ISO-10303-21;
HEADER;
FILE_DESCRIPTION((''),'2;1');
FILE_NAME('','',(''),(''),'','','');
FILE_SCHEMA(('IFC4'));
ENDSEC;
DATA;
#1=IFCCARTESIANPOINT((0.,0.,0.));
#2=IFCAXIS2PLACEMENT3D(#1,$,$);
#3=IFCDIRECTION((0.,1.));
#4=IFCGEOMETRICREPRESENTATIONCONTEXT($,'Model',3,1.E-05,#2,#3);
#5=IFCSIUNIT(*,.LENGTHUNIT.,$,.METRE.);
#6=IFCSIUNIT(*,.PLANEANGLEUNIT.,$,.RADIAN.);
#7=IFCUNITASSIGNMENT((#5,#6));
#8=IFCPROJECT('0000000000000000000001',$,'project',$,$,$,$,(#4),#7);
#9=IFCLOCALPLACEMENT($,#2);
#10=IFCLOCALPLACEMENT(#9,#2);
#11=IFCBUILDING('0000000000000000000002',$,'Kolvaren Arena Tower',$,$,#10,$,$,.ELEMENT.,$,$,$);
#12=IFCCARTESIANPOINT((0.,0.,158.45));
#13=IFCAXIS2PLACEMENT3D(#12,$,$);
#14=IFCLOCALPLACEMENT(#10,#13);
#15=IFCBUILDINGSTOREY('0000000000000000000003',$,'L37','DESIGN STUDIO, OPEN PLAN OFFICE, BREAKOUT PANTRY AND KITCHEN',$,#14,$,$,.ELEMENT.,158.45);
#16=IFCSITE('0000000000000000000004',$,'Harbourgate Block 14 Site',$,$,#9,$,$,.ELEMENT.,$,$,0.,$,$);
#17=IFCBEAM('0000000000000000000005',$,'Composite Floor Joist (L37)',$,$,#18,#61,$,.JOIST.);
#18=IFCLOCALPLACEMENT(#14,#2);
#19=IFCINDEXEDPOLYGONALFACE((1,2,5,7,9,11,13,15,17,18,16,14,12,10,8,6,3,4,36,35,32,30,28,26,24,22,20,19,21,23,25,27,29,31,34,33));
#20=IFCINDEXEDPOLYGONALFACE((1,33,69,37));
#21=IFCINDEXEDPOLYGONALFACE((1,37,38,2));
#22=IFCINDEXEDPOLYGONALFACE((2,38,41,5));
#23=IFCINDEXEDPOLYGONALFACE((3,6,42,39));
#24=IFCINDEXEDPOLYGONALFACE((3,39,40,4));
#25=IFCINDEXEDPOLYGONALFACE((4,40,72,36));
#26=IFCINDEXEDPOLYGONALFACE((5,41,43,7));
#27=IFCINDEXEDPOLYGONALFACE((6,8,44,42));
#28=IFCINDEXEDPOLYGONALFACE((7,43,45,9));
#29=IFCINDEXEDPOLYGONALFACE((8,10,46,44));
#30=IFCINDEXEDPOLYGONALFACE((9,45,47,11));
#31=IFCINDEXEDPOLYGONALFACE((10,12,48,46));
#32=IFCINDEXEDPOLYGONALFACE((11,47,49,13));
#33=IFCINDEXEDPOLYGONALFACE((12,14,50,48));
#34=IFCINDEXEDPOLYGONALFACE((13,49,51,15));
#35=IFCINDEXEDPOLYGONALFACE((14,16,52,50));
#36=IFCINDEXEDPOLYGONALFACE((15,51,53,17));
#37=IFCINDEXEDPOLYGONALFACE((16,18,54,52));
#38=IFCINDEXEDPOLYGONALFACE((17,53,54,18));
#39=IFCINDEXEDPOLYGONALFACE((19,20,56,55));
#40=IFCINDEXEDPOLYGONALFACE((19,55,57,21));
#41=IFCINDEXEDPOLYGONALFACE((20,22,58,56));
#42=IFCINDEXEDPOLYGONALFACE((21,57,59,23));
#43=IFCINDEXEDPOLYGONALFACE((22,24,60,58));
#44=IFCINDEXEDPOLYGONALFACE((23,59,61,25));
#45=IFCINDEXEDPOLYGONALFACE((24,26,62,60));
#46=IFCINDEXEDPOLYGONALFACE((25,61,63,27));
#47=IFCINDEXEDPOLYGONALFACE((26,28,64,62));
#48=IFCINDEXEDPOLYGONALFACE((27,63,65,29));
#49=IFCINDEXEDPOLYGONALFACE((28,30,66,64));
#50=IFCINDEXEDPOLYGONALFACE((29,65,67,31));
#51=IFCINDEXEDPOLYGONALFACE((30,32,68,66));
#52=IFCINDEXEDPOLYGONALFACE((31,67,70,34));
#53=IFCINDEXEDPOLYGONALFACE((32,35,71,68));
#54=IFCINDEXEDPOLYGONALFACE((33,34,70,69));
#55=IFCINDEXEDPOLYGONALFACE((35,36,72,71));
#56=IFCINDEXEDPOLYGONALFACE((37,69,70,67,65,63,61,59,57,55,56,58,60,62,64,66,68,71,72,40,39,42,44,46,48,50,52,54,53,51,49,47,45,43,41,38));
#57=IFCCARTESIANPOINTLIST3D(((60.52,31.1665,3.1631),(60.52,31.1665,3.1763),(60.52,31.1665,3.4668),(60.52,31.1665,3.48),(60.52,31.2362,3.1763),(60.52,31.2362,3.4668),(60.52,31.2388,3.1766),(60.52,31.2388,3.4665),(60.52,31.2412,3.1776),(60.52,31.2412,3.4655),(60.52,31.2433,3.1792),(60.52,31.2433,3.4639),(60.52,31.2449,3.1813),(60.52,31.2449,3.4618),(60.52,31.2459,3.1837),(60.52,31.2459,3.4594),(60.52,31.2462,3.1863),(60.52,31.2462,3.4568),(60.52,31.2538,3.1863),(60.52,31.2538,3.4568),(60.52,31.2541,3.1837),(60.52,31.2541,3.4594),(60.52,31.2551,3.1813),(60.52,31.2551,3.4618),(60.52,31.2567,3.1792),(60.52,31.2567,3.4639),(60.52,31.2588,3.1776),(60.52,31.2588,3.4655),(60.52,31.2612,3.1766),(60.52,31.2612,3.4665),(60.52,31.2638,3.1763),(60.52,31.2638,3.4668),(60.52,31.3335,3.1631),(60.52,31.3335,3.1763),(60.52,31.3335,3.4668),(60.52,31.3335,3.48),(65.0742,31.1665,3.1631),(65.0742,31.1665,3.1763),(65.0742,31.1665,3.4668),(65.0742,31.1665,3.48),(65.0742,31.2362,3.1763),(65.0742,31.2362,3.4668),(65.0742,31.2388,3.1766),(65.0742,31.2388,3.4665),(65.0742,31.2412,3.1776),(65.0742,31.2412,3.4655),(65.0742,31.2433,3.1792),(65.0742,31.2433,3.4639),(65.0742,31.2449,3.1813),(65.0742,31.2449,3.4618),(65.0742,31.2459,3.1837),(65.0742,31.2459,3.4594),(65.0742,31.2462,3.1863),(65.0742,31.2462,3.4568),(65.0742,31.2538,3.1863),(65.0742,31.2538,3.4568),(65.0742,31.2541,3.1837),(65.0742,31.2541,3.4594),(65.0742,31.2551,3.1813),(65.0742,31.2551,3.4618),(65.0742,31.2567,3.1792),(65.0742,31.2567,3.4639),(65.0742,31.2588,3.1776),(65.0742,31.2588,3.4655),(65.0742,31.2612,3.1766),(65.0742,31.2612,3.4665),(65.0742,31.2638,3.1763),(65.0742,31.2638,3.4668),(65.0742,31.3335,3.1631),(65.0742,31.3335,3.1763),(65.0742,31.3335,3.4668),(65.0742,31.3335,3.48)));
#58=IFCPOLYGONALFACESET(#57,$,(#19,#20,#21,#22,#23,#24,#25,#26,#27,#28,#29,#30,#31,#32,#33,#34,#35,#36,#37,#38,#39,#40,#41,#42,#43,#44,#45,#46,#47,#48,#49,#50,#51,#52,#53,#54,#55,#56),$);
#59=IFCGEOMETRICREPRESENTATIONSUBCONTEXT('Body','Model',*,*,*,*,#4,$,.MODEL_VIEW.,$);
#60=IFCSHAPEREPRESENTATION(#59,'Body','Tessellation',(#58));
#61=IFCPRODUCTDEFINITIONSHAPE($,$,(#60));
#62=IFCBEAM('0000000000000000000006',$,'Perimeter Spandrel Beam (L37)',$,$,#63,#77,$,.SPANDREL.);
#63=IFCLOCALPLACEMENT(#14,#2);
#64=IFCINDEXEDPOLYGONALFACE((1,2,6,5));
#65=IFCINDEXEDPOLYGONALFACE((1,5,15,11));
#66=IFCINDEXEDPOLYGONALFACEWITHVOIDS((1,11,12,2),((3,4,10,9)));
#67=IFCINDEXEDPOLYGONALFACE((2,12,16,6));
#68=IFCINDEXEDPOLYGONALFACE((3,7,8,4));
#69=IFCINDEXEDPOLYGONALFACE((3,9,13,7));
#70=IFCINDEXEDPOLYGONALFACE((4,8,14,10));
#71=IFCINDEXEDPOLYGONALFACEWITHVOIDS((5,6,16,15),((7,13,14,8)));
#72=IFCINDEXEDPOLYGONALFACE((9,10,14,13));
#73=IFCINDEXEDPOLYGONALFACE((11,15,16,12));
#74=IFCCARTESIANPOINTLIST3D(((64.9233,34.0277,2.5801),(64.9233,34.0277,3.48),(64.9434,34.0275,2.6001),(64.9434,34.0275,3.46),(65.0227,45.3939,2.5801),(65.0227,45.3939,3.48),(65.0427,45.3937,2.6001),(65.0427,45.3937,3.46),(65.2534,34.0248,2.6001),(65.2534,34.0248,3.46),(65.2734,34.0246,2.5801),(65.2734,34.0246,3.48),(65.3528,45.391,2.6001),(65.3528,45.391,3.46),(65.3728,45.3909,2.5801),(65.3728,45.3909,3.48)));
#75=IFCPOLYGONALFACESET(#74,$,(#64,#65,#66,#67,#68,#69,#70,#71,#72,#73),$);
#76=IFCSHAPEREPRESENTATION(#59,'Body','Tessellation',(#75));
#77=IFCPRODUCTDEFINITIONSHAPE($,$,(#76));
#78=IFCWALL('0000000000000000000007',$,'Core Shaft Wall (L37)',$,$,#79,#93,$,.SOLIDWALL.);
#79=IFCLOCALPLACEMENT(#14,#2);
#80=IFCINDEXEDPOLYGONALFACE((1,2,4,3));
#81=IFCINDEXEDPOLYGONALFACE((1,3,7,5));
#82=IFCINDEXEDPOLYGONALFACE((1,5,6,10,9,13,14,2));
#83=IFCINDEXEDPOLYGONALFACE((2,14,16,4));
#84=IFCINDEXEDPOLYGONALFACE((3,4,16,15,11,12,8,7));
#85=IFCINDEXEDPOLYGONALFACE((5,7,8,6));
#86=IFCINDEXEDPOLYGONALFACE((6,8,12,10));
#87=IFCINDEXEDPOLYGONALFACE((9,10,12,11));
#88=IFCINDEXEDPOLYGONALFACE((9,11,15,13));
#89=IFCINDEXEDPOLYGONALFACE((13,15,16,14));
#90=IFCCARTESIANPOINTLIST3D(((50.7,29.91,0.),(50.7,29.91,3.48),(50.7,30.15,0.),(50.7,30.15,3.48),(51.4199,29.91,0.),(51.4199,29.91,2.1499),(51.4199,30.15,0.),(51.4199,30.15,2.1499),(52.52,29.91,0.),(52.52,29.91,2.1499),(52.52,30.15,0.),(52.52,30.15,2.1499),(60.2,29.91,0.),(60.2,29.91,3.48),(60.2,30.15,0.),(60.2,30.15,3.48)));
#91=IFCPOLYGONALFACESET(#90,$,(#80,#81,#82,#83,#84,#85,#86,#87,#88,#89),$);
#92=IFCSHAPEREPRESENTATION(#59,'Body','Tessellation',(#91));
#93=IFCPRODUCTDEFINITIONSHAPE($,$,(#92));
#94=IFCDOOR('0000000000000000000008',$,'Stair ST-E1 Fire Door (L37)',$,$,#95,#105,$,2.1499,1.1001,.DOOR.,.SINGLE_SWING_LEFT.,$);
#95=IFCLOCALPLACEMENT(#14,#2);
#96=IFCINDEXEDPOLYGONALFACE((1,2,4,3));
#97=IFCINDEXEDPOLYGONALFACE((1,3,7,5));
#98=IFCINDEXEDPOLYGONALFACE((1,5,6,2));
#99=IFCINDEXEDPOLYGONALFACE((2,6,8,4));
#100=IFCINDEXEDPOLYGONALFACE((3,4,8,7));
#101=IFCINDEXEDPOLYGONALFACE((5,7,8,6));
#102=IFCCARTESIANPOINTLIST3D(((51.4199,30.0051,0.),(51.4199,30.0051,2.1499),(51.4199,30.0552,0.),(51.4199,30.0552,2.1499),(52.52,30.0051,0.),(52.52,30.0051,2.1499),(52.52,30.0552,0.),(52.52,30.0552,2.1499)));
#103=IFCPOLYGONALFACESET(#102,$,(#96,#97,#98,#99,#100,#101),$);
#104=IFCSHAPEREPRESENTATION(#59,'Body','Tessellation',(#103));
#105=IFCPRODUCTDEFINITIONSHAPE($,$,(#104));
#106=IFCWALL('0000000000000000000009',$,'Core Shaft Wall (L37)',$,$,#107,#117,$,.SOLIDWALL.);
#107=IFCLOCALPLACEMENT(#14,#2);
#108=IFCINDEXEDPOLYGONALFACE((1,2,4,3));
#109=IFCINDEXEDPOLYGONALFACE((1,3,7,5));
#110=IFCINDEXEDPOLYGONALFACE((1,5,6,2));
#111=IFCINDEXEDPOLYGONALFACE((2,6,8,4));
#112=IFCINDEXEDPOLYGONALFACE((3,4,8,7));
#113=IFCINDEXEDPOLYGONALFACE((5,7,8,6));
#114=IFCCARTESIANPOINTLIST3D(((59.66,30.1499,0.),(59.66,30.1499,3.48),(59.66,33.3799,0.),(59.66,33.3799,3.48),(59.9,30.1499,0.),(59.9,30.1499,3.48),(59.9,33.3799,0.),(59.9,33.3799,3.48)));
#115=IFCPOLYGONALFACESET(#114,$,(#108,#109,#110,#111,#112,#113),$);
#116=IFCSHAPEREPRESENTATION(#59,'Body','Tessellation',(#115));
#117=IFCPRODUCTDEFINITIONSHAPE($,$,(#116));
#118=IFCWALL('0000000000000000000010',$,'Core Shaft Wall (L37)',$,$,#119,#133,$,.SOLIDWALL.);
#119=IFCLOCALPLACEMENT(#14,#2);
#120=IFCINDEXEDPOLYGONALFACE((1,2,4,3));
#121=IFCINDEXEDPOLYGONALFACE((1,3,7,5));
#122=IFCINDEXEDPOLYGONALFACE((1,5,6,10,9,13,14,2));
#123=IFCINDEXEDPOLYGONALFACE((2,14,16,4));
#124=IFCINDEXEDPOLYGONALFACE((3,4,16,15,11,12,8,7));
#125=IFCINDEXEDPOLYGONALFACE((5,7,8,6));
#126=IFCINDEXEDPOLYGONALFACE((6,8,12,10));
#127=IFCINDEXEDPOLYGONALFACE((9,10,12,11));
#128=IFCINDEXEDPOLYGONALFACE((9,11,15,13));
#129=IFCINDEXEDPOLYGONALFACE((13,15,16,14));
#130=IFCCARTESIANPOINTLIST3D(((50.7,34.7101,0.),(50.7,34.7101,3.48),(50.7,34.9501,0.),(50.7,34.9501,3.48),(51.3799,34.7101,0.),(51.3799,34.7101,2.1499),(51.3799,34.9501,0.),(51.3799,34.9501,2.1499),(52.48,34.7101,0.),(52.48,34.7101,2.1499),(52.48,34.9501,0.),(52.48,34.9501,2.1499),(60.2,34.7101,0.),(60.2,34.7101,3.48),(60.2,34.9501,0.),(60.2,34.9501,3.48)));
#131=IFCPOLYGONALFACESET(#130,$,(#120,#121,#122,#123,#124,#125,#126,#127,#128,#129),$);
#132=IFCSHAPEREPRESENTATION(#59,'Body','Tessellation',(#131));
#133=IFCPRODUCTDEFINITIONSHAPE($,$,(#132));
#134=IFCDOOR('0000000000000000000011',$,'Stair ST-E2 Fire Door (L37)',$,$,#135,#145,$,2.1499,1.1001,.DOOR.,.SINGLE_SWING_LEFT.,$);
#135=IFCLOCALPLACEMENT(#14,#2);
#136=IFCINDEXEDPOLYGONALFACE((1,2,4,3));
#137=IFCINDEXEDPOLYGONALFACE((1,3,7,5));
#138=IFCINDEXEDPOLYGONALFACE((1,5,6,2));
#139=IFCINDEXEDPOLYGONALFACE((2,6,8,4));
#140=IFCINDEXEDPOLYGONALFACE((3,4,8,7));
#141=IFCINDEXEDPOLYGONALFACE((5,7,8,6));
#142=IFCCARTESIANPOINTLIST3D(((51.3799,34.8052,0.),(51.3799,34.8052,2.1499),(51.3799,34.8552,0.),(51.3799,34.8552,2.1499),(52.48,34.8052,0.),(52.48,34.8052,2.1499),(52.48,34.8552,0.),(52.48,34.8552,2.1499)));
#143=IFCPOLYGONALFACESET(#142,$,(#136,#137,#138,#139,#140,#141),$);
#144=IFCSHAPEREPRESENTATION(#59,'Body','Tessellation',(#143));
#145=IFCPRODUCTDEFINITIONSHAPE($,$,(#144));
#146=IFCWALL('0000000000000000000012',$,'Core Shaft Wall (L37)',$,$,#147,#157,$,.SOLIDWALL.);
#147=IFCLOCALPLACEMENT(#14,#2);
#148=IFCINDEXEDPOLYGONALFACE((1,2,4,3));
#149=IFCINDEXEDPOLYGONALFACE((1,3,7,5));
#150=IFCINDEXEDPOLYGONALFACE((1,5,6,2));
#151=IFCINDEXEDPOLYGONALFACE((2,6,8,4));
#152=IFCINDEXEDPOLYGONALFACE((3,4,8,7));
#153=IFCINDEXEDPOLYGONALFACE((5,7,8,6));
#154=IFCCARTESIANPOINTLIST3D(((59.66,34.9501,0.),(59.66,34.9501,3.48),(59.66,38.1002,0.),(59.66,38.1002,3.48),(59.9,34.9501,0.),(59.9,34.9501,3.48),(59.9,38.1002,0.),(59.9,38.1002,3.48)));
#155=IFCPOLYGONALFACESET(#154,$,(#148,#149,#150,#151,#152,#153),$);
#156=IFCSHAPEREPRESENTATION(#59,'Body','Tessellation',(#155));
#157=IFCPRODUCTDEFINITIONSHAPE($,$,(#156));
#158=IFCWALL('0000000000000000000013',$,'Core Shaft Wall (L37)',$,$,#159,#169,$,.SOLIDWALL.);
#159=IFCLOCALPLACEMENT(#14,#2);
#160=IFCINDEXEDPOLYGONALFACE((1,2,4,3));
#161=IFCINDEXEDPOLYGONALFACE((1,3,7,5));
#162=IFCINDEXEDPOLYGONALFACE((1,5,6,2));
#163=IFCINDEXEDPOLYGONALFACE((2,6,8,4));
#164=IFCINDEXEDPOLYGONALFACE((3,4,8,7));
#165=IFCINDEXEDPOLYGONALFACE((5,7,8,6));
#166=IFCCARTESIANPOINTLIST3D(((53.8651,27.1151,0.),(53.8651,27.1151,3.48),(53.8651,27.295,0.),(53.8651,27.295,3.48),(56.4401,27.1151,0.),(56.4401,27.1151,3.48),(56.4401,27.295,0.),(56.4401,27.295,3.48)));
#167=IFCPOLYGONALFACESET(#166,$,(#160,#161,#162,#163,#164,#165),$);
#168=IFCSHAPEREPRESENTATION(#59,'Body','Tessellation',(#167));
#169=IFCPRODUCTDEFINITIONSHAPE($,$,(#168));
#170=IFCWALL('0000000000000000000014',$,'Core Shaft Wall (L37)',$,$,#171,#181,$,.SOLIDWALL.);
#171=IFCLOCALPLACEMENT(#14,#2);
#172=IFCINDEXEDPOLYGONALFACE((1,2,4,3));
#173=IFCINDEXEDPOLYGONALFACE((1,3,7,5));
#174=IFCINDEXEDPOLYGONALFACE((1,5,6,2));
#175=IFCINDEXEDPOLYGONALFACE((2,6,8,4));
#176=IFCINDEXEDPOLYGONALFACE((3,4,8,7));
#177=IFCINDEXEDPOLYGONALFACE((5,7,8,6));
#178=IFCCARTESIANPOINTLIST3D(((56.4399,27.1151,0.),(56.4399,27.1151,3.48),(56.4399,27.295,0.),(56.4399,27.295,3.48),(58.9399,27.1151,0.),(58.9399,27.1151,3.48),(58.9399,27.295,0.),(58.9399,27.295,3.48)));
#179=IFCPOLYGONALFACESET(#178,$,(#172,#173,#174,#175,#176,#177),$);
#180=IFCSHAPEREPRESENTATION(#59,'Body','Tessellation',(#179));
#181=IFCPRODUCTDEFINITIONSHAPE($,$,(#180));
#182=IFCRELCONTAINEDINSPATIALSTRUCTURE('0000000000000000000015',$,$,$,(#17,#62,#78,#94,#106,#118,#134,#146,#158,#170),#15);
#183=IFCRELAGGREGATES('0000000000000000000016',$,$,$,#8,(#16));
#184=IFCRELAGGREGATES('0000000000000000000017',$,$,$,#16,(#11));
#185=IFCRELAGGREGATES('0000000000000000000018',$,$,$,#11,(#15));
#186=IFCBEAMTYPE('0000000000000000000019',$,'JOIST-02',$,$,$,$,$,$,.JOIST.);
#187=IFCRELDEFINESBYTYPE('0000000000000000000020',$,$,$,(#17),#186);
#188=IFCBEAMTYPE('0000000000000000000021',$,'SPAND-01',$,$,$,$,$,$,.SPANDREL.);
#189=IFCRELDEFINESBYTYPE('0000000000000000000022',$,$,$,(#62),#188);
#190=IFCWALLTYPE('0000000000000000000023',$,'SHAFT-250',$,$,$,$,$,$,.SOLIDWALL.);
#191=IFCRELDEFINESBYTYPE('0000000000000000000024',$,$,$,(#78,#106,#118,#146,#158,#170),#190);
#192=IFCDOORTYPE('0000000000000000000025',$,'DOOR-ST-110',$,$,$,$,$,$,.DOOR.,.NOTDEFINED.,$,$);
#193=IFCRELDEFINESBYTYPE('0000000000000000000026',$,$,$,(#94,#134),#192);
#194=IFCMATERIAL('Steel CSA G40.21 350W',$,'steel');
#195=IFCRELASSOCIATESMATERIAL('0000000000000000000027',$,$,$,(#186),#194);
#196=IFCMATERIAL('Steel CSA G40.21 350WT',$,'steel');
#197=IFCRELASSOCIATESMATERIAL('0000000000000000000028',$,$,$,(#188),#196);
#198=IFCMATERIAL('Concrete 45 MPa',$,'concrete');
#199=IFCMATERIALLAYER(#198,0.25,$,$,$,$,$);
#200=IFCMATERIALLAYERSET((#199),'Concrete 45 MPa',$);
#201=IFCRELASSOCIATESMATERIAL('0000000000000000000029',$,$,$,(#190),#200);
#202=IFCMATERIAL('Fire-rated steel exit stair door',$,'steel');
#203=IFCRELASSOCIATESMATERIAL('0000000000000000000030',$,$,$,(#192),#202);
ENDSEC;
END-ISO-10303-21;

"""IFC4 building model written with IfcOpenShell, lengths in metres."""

from ifc_helpers import new_model, si_unit, direction, frame, frame_2d, origin, origin_2d, place, context, subcontext, project, spatial, rectangle, hollow_rectangle, i_section, extrude, material, layer, layer_set, material_profile, profile_set, type_object, element, fill, save


model = new_model("IFC4")

# Units and contexts
model_context = context("Model", 3, precision=1e-05, world=origin(), true_north=direction((0.0, 1.0)))
body_context = subcontext(model_context, "Body", "Model", "MODEL_VIEW")
ifc_project = project(units=[si_unit("LENGTHUNIT", "METRE"), si_unit("PLANEANGLEUNIT", "RADIAN")], contexts=[model_context])

# Site, building, storey
site_placement = place(None, origin())
site = spatial("IfcSite", under=ifc_project, at=site_placement, Name="Harbourgate Block 14 Site", CompositionType="ELEMENT", RefElevation=0.0)
building_placement = place(site_placement, origin())
building = spatial("IfcBuilding", under=site, at=building_placement, Name="Kolvaren Arena Tower", CompositionType="ELEMENT")
storey_placement = place(building_placement, frame((0.0, 0.0, 158.45)))
storey = spatial("IfcBuildingStorey", under=building, at=storey_placement, Name="L37", Description="DESIGN STUDIO, OPEN PLAN OFFICE, BREAKOUT PANTRY AND KITCHEN", CompositionType="ELEMENT", Elevation=158.45)

# Beams
ifc_material_1 = material(Name="Steel CSA G40.21 350W", Category="steel")
ifc_material_profile_1 = material_profile(ifc_material_1, i_section(OverallWidth=0.167, OverallDepth=0.3169, WebThickness=0.0076, FlangeThickness=0.0132, FilletRadius=0.01, at=origin_2d()), Name="W310x52")
ifc_profile_set_1 = profile_set([ifc_material_profile_1], Name="Steel CSA G40.21 350W")
beam_type_1 = type_object("IfcBeamType", Name="JOIST-02", PredefinedType="JOIST", material=ifc_profile_set_1)
beam_1_placement = place(storey_placement, frame((60.52, 31.25, 3.3215), z_axis=(1.0, 0.0, 0.0), x_axis=(0.0, 1.0, 0.0)))
element("IfcBeam", 1, at=beam_1_placement, inside=storey, type_object=beam_type_1, Name="Composite Floor Joist (L37)", PredefinedType="JOIST", context=body_context, shape_type="SweptSolid", body=[
    extrude(i_section(OverallWidth=0.167, OverallDepth=0.3169, WebThickness=0.0076, FlangeThickness=0.0132, FilletRadius=0.01, at=origin_2d()), origin(), (0.0, 0.0, 1.0), 4.5542),
])
ifc_material_2 = material(Name="Steel CSA G40.21 350WT", Category="steel")
ifc_material_profile_2 = material_profile(ifc_material_2, hollow_rectangle(XDim=0.3501, YDim=0.8999, WallThickness=0.02, at=origin_2d()), Name="HSS 900x350x20")
ifc_profile_set_2 = profile_set([ifc_material_profile_2], Name="Steel CSA G40.21 350WT")
beam_type_2 = type_object("IfcBeamType", Name="SPAND-01", PredefinedType="SPANDREL", material=ifc_profile_set_2)
beam_2_placement = place(storey_placement, frame((65.0984, 34.0261, 3.03), z_axis=(0.008742, 0.999962, 0.0), x_axis=(-0.999962, 0.008742, 0.0)))
element("IfcBeam", 2, at=beam_2_placement, inside=storey, type_object=beam_type_2, Name="Perimeter Spandrel Beam (L37)", PredefinedType="SPANDREL", context=body_context, shape_type="SweptSolid", body=[
    extrude(hollow_rectangle(XDim=0.3501, YDim=0.8999, WallThickness=0.02, at=origin_2d()), origin(), (0.0, 0.0, 1.0), 11.3667),
])

# Wall, opening, door
ifc_material_3 = material(Name="Concrete 45 MPa", Category="concrete")
ifc_layer = layer(ifc_material_3, 0.25)
ifc_layer_set = layer_set([ifc_layer], Name="Concrete 45 MPa")
wall_type = type_object("IfcWallType", Name="SHAFT-250", PredefinedType="SOLIDWALL", material=ifc_layer_set)
wall_1_placement = place(storey_placement, frame((60.2, 30.03, 0.0), z_axis=(0.0, 0.0, 1.0), x_axis=(-1.0, 0.0, 0.0)))
wall_1 = element("IfcWall", 3, at=wall_1_placement, inside=storey, type_object=wall_type, Name="Core Shaft Wall (L37)", PredefinedType="SOLIDWALL", context=body_context, shape_type="SweptSolid", body=[
    extrude(rectangle(XDim=9.5, YDim=0.24, at=frame_2d((4.75, 0.0))), origin(), (0.0, 0.0, 1.0), 3.48),
])
opening_1_placement = place(wall_1_placement, frame((7.6799, 0.0, 0.0)))
opening_1 = element("IfcOpeningElement", 4, at=opening_1_placement, cuts=wall_1, PredefinedType="OPENING", context=body_context, shape_type="SweptSolid", body=[
    extrude(rectangle(XDim=1.1001, YDim=2.1499, at=frame_2d((0.55, 1.075))), frame((0.0, 0.1299, 0.0), z_axis=(0.0, -1.0, 0.0), x_axis=(1.0, 0.0, 0.0)), (0.0, 0.0, 1.0), 0.26),
])
ifc_material_4 = material(Name="Fire-rated steel exit stair door", Category="steel")
door_type = type_object("IfcDoorType", Name="DOOR-ST-110", OperationType="NOTDEFINED", PredefinedType="DOOR", material=ifc_material_4)
door_1_placement = place(opening_1_placement, origin())
door_1 = element("IfcDoor", 5, at=door_1_placement, inside=storey, type_object=door_type, Name="Stair ST-E1 Fire Door (L37)", OperationType="SINGLE_SWING_LEFT", OverallHeight=2.1499, OverallWidth=1.1001, PredefinedType="DOOR", context=body_context, shape_type="SweptSolid", body=[
    extrude(rectangle(XDim=1.1001, YDim=2.1499, at=frame_2d((0.55, 1.075))), frame((0.0, 0.0249, 0.0), z_axis=(0.0, -1.0, 0.0), x_axis=(1.0, 0.0, 0.0)), (0.0, 0.0, 1.0), 0.05),
])
fill(opening_1, door_1)

# Wall
wall_2_placement = place(storey_placement, frame((59.78, 30.1499, 0.0), z_axis=(0.0, 0.0, 1.0), x_axis=(0.0, 1.0, 0.0)))
element("IfcWall", 6, at=wall_2_placement, inside=storey, type_object=wall_type, Name="Core Shaft Wall (L37)", PredefinedType="SOLIDWALL", context=body_context, shape_type="SweptSolid", body=[
    extrude(rectangle(XDim=3.23, YDim=0.24, at=frame_2d((1.615, 0.0))), origin(), (0.0, 0.0, 1.0), 3.48),
])

# Wall, opening, door
wall_3_placement = place(storey_placement, frame((60.2, 34.8301, 0.0), z_axis=(0.0, 0.0, 1.0), x_axis=(-1.0, 0.0, 0.0)))
wall_3 = element("IfcWall", 7, at=wall_3_placement, inside=storey, type_object=wall_type, Name="Core Shaft Wall (L37)", PredefinedType="SOLIDWALL", context=body_context, shape_type="SweptSolid", body=[
    extrude(rectangle(XDim=9.5, YDim=0.24, at=frame_2d((4.75, 0.0))), origin(), (0.0, 0.0, 1.0), 3.48),
])
opening_2_placement = place(wall_3_placement, frame((7.72, 0.0, 0.0)))
opening_2 = element("IfcOpeningElement", 8, at=opening_2_placement, cuts=wall_3, PredefinedType="OPENING", context=body_context, shape_type="SweptSolid", body=[
    extrude(rectangle(XDim=1.1001, YDim=2.1499, at=frame_2d((0.55, 1.075))), frame((0.0, 0.1299, 0.0), z_axis=(0.0, -1.0, 0.0), x_axis=(1.0, 0.0, 0.0)), (0.0, 0.0, 1.0), 0.26),
])
door_2_placement = place(opening_2_placement, origin())
door_2 = element("IfcDoor", 9, at=door_2_placement, inside=storey, type_object=door_type, Name="Stair ST-E2 Fire Door (L37)", OperationType="SINGLE_SWING_LEFT", OverallHeight=2.1499, OverallWidth=1.1001, PredefinedType="DOOR", context=body_context, shape_type="SweptSolid", body=[
    extrude(rectangle(XDim=1.1001, YDim=2.1499, at=frame_2d((0.55, 1.075))), frame((0.0, 0.0249, 0.0), z_axis=(0.0, -1.0, 0.0), x_axis=(1.0, 0.0, 0.0)), (0.0, 0.0, 1.0), 0.05),
])
fill(opening_2, door_2)

# Walls
wall_4_placement = place(storey_placement, frame((59.78, 34.95, 0.0), z_axis=(0.0, 0.0, 1.0), x_axis=(0.0, 1.0, 0.0)))
element("IfcWall", 10, at=wall_4_placement, inside=storey, type_object=wall_type, Name="Core Shaft Wall (L37)", PredefinedType="SOLIDWALL", context=body_context, shape_type="SweptSolid", body=[
    extrude(rectangle(XDim=3.1501, YDim=0.24, at=frame_2d((1.5752, 0.0))), origin(), (0.0, 0.0, 1.0), 3.48),
])
wall_5_placement = place(storey_placement, frame((53.865, 27.2051, 0.0), z_axis=(0.0, 0.0, 1.0), x_axis=(1.0, 0.0, 0.0)))
element("IfcWall", 11, at=wall_5_placement, inside=storey, type_object=wall_type, Name="Core Shaft Wall (L37)", PredefinedType="SOLIDWALL", context=body_context, shape_type="SweptSolid", body=[
    extrude(rectangle(XDim=2.575, YDim=0.1799, at=frame_2d((1.2876, 0.0))), origin(), (0.0, 0.0, 1.0), 3.48),
])
wall_6_placement = place(storey_placement, frame((56.4399, 27.2051, 0.0), z_axis=(0.0, 0.0, 1.0), x_axis=(1.0, 0.0, 0.0)))
element("IfcWall", 12, at=wall_6_placement, inside=storey, type_object=wall_type, Name="Core Shaft Wall (L37)", PredefinedType="SOLIDWALL", context=body_context, shape_type="SweptSolid", body=[
    extrude(rectangle(XDim=2.5, YDim=0.1799, at=frame_2d((1.25, 0.0))), origin(), (0.0, 0.0, 1.0), 3.48),
])

save(model, "model.ifc")
